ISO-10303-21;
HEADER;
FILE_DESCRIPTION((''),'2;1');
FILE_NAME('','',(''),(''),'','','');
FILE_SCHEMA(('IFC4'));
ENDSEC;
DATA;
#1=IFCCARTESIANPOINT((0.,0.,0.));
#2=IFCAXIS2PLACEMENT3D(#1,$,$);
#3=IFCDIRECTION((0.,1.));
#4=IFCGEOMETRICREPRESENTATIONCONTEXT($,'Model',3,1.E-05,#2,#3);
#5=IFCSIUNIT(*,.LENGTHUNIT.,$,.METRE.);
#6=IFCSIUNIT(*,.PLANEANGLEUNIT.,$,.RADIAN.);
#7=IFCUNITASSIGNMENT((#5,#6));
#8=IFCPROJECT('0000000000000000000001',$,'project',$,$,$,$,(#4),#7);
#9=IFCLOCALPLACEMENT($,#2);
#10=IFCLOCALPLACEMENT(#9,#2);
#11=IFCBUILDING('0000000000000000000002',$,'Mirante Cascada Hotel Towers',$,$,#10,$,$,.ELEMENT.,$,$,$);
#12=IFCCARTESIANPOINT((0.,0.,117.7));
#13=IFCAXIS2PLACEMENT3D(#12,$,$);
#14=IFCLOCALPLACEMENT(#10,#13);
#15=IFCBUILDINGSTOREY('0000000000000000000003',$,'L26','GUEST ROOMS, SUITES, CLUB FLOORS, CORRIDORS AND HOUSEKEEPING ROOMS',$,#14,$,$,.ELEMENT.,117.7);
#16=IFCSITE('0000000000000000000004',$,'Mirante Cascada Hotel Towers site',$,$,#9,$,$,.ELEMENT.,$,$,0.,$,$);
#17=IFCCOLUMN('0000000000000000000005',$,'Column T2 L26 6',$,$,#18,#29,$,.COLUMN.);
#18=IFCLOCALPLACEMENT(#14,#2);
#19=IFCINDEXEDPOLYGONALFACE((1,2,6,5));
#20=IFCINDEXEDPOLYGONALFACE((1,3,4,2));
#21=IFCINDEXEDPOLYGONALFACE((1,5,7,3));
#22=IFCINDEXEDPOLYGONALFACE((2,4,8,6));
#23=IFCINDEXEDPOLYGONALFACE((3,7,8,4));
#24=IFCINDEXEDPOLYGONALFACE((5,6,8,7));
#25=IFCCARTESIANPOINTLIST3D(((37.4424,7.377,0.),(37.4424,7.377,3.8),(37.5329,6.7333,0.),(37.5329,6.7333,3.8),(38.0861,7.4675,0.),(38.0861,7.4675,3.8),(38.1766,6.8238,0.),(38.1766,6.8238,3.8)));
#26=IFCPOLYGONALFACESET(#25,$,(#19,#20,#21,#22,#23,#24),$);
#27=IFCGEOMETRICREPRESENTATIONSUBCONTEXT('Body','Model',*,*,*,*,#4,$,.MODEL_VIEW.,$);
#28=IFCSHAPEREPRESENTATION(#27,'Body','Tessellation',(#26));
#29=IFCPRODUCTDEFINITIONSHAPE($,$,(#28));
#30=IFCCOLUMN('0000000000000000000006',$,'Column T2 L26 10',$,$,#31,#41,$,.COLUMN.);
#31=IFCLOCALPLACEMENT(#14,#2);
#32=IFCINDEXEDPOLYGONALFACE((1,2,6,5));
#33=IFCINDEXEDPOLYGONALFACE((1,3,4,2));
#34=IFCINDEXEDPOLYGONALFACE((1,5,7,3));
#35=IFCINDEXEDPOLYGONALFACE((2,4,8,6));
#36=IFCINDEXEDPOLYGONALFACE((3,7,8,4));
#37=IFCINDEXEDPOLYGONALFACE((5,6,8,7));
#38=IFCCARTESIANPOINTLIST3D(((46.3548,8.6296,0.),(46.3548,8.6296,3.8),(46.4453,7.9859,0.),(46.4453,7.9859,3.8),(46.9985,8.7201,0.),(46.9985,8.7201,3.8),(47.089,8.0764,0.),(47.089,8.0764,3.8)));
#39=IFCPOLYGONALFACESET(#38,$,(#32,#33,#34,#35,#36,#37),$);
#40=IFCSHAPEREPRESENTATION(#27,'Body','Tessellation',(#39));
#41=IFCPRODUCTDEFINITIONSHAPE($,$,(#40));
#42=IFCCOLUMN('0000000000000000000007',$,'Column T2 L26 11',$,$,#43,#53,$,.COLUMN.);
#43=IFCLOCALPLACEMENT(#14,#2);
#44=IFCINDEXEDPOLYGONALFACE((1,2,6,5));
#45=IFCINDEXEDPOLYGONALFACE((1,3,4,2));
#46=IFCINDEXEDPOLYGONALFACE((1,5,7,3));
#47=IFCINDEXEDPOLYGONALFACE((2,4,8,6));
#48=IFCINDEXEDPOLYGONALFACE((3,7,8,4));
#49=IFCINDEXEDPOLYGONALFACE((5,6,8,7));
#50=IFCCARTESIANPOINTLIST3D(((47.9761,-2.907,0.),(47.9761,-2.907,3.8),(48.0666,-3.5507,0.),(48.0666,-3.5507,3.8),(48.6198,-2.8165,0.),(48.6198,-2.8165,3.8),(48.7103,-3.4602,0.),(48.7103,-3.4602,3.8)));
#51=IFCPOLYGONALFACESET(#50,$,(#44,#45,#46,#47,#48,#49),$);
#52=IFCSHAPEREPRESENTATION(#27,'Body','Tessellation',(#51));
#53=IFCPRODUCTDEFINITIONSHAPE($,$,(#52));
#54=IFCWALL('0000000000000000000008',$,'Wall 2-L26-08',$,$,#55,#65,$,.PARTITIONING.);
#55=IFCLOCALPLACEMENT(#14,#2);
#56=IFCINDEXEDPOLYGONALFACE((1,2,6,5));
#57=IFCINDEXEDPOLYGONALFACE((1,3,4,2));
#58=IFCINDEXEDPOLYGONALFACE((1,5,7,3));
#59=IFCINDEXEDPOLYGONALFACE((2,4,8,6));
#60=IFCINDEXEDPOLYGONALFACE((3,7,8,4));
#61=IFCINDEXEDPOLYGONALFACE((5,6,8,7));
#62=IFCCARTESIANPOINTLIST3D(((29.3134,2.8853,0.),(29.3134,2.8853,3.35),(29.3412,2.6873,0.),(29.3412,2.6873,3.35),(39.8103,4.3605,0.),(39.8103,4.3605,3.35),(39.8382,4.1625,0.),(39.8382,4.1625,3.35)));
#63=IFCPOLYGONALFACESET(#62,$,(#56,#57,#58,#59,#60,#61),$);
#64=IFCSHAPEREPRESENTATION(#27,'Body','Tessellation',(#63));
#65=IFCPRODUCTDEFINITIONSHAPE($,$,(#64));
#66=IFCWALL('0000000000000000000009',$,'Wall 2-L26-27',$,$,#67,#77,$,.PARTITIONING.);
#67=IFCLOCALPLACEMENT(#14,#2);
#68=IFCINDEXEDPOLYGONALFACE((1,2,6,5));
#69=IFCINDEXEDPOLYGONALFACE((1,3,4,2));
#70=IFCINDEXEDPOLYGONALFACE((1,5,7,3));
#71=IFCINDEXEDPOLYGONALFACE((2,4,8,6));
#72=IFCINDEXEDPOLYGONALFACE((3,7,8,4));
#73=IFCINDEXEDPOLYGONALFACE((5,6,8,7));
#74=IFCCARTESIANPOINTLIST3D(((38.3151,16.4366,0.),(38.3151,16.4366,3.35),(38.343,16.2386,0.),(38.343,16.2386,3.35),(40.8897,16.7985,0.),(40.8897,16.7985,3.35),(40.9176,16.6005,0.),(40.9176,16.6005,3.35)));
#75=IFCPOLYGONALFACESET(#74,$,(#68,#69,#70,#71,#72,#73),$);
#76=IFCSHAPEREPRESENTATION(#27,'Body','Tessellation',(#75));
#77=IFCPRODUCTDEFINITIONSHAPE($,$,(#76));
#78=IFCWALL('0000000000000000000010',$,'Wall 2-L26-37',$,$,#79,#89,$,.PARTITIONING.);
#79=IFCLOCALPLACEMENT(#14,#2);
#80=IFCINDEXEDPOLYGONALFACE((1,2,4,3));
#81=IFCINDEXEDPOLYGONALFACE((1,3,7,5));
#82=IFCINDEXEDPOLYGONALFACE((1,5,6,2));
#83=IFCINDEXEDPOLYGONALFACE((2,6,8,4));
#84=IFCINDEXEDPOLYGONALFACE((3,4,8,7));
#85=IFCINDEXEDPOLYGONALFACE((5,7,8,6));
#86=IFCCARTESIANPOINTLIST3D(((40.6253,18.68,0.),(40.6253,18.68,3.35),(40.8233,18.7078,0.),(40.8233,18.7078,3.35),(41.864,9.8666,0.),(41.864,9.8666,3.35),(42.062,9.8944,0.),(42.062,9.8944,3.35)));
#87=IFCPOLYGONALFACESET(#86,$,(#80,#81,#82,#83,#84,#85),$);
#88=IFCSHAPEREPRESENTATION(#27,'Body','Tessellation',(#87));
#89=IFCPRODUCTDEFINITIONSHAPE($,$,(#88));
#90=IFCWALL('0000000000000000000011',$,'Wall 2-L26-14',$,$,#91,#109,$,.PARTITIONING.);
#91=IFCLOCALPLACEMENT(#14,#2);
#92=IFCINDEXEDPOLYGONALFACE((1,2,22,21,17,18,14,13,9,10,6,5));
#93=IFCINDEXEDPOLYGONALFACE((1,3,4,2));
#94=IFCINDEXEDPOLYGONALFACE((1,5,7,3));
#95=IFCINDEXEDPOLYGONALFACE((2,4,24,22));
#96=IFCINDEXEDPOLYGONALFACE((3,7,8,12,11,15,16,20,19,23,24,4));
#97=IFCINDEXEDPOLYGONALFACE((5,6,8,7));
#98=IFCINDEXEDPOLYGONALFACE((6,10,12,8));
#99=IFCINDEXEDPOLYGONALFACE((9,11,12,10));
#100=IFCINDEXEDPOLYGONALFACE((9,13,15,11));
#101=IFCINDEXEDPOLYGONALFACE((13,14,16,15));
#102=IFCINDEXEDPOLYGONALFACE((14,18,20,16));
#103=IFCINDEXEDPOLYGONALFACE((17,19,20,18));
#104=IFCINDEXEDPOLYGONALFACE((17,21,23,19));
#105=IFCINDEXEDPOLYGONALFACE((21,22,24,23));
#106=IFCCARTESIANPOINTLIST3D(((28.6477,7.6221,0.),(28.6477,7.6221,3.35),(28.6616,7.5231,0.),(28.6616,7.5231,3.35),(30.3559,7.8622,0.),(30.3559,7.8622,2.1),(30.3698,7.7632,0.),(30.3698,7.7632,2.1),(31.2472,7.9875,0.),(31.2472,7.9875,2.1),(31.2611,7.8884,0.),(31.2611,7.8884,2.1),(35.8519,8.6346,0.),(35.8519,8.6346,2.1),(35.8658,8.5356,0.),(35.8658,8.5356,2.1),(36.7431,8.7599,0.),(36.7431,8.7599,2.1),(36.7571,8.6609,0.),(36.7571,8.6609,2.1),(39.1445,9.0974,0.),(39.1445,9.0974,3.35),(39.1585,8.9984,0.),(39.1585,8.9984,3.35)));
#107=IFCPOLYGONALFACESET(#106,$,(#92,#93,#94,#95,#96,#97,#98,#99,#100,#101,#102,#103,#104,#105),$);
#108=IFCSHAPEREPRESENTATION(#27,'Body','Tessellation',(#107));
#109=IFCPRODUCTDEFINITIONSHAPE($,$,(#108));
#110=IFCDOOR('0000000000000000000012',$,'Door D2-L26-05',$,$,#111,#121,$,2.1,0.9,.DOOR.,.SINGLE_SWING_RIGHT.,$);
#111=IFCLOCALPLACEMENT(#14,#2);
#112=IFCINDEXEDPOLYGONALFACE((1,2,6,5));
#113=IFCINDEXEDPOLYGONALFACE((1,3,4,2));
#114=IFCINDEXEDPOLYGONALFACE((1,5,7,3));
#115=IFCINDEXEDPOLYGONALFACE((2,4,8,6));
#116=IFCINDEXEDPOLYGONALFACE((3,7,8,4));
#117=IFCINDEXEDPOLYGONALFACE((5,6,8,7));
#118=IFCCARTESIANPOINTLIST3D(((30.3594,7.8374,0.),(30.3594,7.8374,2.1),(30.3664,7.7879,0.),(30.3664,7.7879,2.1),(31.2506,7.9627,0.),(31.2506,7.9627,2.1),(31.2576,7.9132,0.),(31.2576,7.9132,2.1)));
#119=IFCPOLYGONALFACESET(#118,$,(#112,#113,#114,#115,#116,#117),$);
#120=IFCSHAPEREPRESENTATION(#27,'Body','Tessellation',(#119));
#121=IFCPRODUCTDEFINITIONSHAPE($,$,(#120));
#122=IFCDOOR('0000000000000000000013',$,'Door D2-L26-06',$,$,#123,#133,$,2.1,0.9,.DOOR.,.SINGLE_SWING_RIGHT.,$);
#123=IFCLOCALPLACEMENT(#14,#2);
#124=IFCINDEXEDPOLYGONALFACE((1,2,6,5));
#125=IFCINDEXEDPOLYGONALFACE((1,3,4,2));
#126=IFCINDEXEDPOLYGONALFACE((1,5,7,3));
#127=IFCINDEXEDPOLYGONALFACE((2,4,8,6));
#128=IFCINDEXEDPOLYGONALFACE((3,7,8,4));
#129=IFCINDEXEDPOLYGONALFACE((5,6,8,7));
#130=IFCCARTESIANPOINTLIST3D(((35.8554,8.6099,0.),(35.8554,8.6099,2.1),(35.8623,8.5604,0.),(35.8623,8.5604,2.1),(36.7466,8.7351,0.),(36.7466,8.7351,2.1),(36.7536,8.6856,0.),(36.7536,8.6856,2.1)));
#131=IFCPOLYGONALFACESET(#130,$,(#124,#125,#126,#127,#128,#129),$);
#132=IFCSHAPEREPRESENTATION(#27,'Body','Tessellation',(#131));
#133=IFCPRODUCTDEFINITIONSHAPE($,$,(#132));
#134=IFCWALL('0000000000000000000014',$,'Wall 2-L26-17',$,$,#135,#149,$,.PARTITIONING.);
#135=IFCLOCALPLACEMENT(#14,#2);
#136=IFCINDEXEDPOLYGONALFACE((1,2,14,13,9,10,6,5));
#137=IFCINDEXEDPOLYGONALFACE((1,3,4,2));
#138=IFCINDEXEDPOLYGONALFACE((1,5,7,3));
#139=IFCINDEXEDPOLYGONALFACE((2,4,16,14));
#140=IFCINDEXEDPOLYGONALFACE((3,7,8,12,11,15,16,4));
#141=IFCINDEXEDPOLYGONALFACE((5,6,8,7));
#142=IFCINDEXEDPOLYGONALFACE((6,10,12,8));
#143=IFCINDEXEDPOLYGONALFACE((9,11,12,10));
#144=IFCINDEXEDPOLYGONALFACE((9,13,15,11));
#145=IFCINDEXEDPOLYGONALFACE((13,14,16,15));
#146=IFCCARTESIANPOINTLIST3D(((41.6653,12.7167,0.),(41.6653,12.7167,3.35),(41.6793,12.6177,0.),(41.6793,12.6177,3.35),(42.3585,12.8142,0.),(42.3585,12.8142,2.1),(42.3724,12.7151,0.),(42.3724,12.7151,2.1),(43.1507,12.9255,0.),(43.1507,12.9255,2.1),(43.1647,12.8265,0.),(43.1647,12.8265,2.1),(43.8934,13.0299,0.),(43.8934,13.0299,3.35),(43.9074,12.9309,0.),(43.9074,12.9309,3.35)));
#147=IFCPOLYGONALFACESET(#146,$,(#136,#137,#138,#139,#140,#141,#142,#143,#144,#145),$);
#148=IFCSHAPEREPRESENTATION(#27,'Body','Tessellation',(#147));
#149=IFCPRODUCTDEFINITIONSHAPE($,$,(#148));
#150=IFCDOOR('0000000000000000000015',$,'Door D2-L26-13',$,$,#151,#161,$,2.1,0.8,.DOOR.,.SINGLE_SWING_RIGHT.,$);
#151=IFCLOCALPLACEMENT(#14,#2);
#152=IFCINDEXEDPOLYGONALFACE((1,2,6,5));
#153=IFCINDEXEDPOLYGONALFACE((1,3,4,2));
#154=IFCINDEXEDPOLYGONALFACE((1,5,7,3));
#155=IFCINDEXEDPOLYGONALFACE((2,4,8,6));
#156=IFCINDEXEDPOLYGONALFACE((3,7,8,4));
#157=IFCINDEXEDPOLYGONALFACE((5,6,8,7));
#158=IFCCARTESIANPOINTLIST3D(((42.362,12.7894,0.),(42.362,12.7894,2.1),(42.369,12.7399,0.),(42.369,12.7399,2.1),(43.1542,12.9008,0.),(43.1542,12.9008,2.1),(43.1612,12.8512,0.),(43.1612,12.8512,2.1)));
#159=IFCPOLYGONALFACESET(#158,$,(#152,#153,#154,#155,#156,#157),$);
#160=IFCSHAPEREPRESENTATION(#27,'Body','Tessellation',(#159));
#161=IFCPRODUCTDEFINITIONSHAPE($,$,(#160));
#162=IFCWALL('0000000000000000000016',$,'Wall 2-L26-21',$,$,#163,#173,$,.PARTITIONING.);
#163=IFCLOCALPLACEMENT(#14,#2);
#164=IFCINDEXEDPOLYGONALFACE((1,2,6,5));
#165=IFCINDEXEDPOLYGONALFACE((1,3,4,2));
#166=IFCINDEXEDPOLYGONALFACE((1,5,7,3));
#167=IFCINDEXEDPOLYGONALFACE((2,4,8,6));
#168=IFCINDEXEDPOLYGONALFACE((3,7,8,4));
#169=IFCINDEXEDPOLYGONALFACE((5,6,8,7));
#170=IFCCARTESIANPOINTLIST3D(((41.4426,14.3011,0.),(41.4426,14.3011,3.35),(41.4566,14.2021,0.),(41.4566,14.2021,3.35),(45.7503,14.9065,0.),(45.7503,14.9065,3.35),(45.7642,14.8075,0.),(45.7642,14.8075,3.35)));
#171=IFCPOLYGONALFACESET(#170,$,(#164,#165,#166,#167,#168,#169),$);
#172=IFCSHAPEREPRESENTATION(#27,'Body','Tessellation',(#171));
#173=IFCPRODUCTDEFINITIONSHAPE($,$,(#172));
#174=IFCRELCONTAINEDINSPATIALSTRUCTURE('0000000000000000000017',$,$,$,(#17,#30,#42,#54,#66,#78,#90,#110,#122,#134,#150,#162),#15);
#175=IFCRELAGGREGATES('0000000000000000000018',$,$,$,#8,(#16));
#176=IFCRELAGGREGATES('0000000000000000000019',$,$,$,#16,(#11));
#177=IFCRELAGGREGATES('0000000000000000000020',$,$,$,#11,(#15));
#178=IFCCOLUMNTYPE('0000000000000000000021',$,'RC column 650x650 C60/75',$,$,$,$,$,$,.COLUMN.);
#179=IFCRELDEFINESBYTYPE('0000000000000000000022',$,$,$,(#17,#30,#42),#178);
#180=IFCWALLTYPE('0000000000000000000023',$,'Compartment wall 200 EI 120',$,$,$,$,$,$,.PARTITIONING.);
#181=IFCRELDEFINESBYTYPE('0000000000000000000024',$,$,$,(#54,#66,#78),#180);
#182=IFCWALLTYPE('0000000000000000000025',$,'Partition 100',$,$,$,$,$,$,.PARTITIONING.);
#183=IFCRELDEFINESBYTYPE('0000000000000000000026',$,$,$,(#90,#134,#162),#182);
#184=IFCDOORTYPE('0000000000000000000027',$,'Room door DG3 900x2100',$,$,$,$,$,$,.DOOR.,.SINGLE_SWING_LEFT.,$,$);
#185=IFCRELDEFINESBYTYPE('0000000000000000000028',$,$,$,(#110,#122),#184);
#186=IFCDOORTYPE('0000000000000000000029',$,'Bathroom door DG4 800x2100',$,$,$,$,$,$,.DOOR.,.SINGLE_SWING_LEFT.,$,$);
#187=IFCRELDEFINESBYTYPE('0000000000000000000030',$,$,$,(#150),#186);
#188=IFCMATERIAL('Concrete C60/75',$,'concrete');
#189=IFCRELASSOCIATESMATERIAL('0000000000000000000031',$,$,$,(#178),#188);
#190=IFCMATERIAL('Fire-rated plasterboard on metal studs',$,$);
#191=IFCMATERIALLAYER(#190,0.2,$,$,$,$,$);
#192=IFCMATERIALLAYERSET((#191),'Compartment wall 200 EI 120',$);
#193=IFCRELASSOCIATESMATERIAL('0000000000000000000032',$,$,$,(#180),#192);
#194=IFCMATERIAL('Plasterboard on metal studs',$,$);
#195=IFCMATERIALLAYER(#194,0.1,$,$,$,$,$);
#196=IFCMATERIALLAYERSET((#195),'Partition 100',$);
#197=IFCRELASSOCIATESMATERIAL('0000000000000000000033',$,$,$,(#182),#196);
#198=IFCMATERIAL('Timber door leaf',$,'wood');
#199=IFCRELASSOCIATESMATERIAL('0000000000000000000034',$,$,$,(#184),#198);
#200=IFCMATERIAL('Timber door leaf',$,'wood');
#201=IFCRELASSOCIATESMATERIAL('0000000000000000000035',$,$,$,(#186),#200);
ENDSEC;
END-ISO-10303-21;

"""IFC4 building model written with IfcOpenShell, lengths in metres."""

from ifc_helpers import new_model, si_unit, direction, frame, frame_2d, origin, origin_2d, place, context, subcontext, project, spatial, rectangle, extrude, material, layer, layer_set, material_profile, profile_set, type_object, element, fill, save


model = new_model("IFC4")

# Units and contexts
model_context = context("Model", 3, precision=1e-05, world=origin(), true_north=direction((0.0, 1.0)))
body_context = subcontext(model_context, "Body", "Model", "MODEL_VIEW")
ifc_project = project(units=[si_unit("LENGTHUNIT", "METRE"), si_unit("PLANEANGLEUNIT", "RADIAN")], contexts=[model_context])

# Site, building, storey
site_placement = place(None, origin())
site = spatial("IfcSite", under=ifc_project, at=site_placement, Name="Mirante Cascada Hotel Towers site", CompositionType="ELEMENT", RefElevation=0.0)
building_placement = place(site_placement, origin())
building = spatial("IfcBuilding", under=site, at=building_placement, Name="Mirante Cascada Hotel Towers", CompositionType="ELEMENT")
storey_placement = place(building_placement, frame((0.0, 0.0, 117.7)))
storey = spatial("IfcBuildingStorey", under=building, at=storey_placement, Name="L26", Description="GUEST ROOMS, SUITES, CLUB FLOORS, CORRIDORS AND HOUSEKEEPING ROOMS", CompositionType="ELEMENT", Elevation=117.7)

# Columns
ifc_material_1 = material(Name="Concrete C60/75", Category="concrete")
ifc_material_profile = material_profile(ifc_material_1, rectangle(XDim=0.65, YDim=0.65, at=origin_2d()), Name="RC column 650x650 C60/75")
ifc_profile_set = profile_set([ifc_material_profile], Name="Concrete C60/75")
column_type = type_object("IfcColumnType", Name="RC column 650x650 C60/75", PredefinedType="COLUMN", material=ifc_profile_set)
for number, where, z_axis, x_axis, name in (
    (1, (37.8095, 7.1004, 0.0), (0.0, 0.0, 1.0), (0.990268, 0.139173, 0.0), "Column T2 L26 6"),
    (2, (46.7219, 8.353, 0.0), (0.0, 0.0, 1.0), (0.990268, 0.139173, 0.0), "Column T2 L26 10"),
    (3, (48.3432, -3.1836, 0.0), (0.0, 0.0, 1.0), (0.990268, 0.139173, 0.0), "Column T2 L26 11"),
):
    element("IfcColumn", number, at=place(storey_placement, frame(where, z_axis=z_axis, x_axis=x_axis)), inside=storey, type_object=column_type, Name=name, PredefinedType="COLUMN", context=body_context, shape_type="SweptSolid", body=[
        extrude(rectangle(XDim=0.65, YDim=0.65, at=origin_2d()), origin(), (0.0, 0.0, 1.0), 3.8),
    ])

# Walls
ifc_material_2 = material(Name="Fire-rated plasterboard on metal studs")
ifc_layer_1 = layer(ifc_material_2, 0.2)
ifc_layer_set_1 = layer_set([ifc_layer_1], Name="Compartment wall 200 EI 120")
wall_type_1 = type_object("IfcWallType", Name="Compartment wall 200 EI 120", PredefinedType="PARTITIONING", material=ifc_layer_set_1)
wall_1_placement = place(storey_placement, frame((39.8242, 4.2615, 0.0), z_axis=(0.0, 0.0, 1.0), x_axis=(-0.990269, -0.139169, 0.0)))
element("IfcWall", 4, at=wall_1_placement, inside=storey, type_object=wall_type_1, Name="Wall 2-L26-08", PredefinedType="PARTITIONING", context=body_context, shape_type="SweptSolid", body=[
    extrude(rectangle(XDim=10.6001, YDim=0.2, at=frame_2d((5.3, 0.0))), origin(), (0.0, 0.0, 1.0), 3.35),
])
wall_2_placement = place(storey_placement, frame((38.329, 16.3376, 0.0), z_axis=(0.0, 0.0, 1.0), x_axis=(0.990265, 0.139197, 0.0)))
element("IfcWall", 5, at=wall_2_placement, inside=storey, type_object=wall_type_1, Name="Wall 2-L26-27", PredefinedType="PARTITIONING", context=body_context, shape_type="SweptSolid", body=[
    extrude(rectangle(XDim=2.5999, YDim=0.2, at=frame_2d((1.3, 0.0))), origin(), (0.0, 0.0, 1.0), 3.35),
])
wall_3_placement = place(storey_placement, frame((41.963, 9.8805, 0.0), z_axis=(0.0, 0.0, 1.0), x_axis=(-0.139179, 0.990267, 0.0)))
element("IfcWall", 6, at=wall_3_placement, inside=storey, type_object=wall_type_1, Name="Wall 2-L26-37", PredefinedType="PARTITIONING", context=body_context, shape_type="SweptSolid", body=[
    extrude(rectangle(XDim=8.9, YDim=0.2, at=frame_2d((4.45, 0.0))), origin(), (0.0, 0.0, 1.0), 3.35),
])

# Wall, openings, doors
ifc_material_3 = material(Name="Plasterboard on metal studs")
ifc_layer_2 = layer(ifc_material_3, 0.1)
ifc_layer_set_2 = layer_set([ifc_layer_2], Name="Partition 100")
wall_type_2 = type_object("IfcWallType", Name="Partition 100", PredefinedType="PARTITIONING", material=ifc_layer_set_2)
wall_4_placement = place(storey_placement, frame((39.1515, 9.0479, 0.0), z_axis=(0.0, 0.0, 1.0), x_axis=(-0.990267, -0.13918, 0.0)))
wall_4 = element("IfcWall", 7, at=wall_4_placement, inside=storey, type_object=wall_type_2, Name="Wall 2-L26-14", PredefinedType="PARTITIONING", context=body_context, shape_type="SweptSolid", body=[
    extrude(rectangle(XDim=10.6, YDim=0.1, at=frame_2d((5.3, 0.0))), origin(), (0.0, 0.0, 1.0), 3.35),
])
opening_1_placement = place(wall_4_placement, frame((7.975, 0.0, 0.0)))
opening_1 = element("IfcOpeningElement", 8, at=opening_1_placement, cuts=wall_4, PredefinedType="OPENING", context=body_context, shape_type="SweptSolid", body=[
    extrude(rectangle(XDim=0.9, YDim=2.1, at=frame_2d((0.45, 1.05))), frame((0.0, 0.05, 0.0), z_axis=(0.0, -1.0, 0.0), x_axis=(1.0, 0.0, 0.0)), (0.0, 0.0, 1.0), 0.1),
])
opening_2_placement = place(wall_4_placement, frame((2.425, 0.0, 0.0)))
opening_2 = element("IfcOpeningElement", 9, at=opening_2_placement, cuts=wall_4, PredefinedType="OPENING", context=body_context, shape_type="SweptSolid", body=[
    extrude(rectangle(XDim=0.9, YDim=2.1, at=frame_2d((0.45, 1.05))), frame((0.0, 0.05, 0.0), z_axis=(0.0, -1.0, 0.0), x_axis=(1.0, 0.0, 0.0)), (0.0, 0.0, 1.0), 0.1),
])
ifc_material_4 = material(Name="Timber door leaf", Category="wood")
door_type_1 = type_object("IfcDoorType", Name="Room door DG3 900x2100", OperationType="SINGLE_SWING_LEFT", PredefinedType="DOOR", material=ifc_material_4)
door_1_placement = place(opening_1_placement, frame((0.9, 0.0, 0.0), z_axis=(0.0, 0.0, 1.0), x_axis=(-1.0, 0.0, 0.0)))
door_1 = element("IfcDoor", 10, at=door_1_placement, inside=storey, type_object=door_type_1, Name="Door D2-L26-05", OperationType="SINGLE_SWING_RIGHT", OverallHeight=2.1, OverallWidth=0.9, PredefinedType="DOOR", context=body_context, shape_type="SweptSolid", body=[
    extrude(rectangle(XDim=0.9, YDim=2.1, at=frame_2d((0.45, 1.05))), frame((0.0, 0.025, 0.0), z_axis=(0.0, -1.0, 0.0), x_axis=(1.0, 0.0, 0.0)), (0.0, 0.0, 1.0), 0.05),
])
fill(opening_1, door_1)
door_2_placement = place(opening_2_placement, frame((0.9, 0.0, 0.0), z_axis=(0.0, 0.0, 1.0), x_axis=(-1.0, 0.0, 0.0)))
door_2 = element("IfcDoor", 11, at=door_2_placement, inside=storey, type_object=door_type_1, Name="Door D2-L26-06", OperationType="SINGLE_SWING_RIGHT", OverallHeight=2.1, OverallWidth=0.9, PredefinedType="DOOR", context=body_context, shape_type="SweptSolid", body=[
    extrude(rectangle(XDim=0.9, YDim=2.1, at=frame_2d((0.45, 1.05))), frame((0.0, 0.025, 0.0), z_axis=(0.0, -1.0, 0.0), x_axis=(1.0, 0.0, 0.0)), (0.0, 0.0, 1.0), 0.05),
])
fill(opening_2, door_2)

# Wall, opening, door
wall_5_placement = place(storey_placement, frame((41.6723, 12.6672, 0.0), z_axis=(0.0, 0.0, 1.0), x_axis=(0.990264, 0.1392, 0.0)))
wall_5 = element("IfcWall", 12, at=wall_5_placement, inside=storey, type_object=wall_type_2, Name="Wall 2-L26-17", PredefinedType="PARTITIONING", context=body_context, shape_type="SweptSolid", body=[
    extrude(rectangle(XDim=2.25, YDim=0.1, at=frame_2d((1.125, 0.0))), origin(), (0.0, 0.0, 1.0), 3.35),
])
opening_3_placement = place(wall_5_placement, frame((0.7, 0.0, 0.0)))
opening_3 = element("IfcOpeningElement", 13, at=opening_3_placement, cuts=wall_5, PredefinedType="OPENING", context=body_context, shape_type="SweptSolid", body=[
    extrude(rectangle(XDim=0.8, YDim=2.1, at=frame_2d((0.4, 1.05))), frame((0.0, 0.05, 0.0), z_axis=(0.0, -1.0, 0.0), x_axis=(1.0, 0.0, 0.0)), (0.0, 0.0, 1.0), 0.1),
])
ifc_material_5 = material(Name="Timber door leaf", Category="wood")
door_type_2 = type_object("IfcDoorType", Name="Bathroom door DG4 800x2100", OperationType="SINGLE_SWING_LEFT", PredefinedType="DOOR", material=ifc_material_5)
door_3_placement = place(opening_3_placement, frame((0.8, 0.0, 0.0), z_axis=(0.0, 0.0, 1.0), x_axis=(-1.0, 0.0, 0.0)))
door_3 = element("IfcDoor", 14, at=door_3_placement, inside=storey, type_object=door_type_2, Name="Door D2-L26-13", OperationType="SINGLE_SWING_RIGHT", OverallHeight=2.1, OverallWidth=0.8, PredefinedType="DOOR", context=body_context, shape_type="SweptSolid", body=[
    extrude(rectangle(XDim=0.8, YDim=2.1, at=frame_2d((0.4, 1.05))), frame((0.0, 0.025, 0.0), z_axis=(0.0, -1.0, 0.0), x_axis=(1.0, 0.0, 0.0)), (0.0, 0.0, 1.0), 0.05),
])
fill(opening_3, door_3)

# Wall
wall_6_placement = place(storey_placement, frame((41.4496, 14.2516, 0.0), z_axis=(0.0, 0.0, 1.0), x_axis=(0.990268, 0.139171, 0.0)))
element("IfcWall", 15, at=wall_6_placement, inside=storey, type_object=wall_type_2, Name="Wall 2-L26-21", PredefinedType="PARTITIONING", context=body_context, shape_type="SweptSolid", body=[
    extrude(rectangle(XDim=4.35, YDim=0.1, at=frame_2d((2.175, 0.0))), origin(), (0.0, 0.0, 1.0), 3.35),
])

save(model, "model.ifc")
